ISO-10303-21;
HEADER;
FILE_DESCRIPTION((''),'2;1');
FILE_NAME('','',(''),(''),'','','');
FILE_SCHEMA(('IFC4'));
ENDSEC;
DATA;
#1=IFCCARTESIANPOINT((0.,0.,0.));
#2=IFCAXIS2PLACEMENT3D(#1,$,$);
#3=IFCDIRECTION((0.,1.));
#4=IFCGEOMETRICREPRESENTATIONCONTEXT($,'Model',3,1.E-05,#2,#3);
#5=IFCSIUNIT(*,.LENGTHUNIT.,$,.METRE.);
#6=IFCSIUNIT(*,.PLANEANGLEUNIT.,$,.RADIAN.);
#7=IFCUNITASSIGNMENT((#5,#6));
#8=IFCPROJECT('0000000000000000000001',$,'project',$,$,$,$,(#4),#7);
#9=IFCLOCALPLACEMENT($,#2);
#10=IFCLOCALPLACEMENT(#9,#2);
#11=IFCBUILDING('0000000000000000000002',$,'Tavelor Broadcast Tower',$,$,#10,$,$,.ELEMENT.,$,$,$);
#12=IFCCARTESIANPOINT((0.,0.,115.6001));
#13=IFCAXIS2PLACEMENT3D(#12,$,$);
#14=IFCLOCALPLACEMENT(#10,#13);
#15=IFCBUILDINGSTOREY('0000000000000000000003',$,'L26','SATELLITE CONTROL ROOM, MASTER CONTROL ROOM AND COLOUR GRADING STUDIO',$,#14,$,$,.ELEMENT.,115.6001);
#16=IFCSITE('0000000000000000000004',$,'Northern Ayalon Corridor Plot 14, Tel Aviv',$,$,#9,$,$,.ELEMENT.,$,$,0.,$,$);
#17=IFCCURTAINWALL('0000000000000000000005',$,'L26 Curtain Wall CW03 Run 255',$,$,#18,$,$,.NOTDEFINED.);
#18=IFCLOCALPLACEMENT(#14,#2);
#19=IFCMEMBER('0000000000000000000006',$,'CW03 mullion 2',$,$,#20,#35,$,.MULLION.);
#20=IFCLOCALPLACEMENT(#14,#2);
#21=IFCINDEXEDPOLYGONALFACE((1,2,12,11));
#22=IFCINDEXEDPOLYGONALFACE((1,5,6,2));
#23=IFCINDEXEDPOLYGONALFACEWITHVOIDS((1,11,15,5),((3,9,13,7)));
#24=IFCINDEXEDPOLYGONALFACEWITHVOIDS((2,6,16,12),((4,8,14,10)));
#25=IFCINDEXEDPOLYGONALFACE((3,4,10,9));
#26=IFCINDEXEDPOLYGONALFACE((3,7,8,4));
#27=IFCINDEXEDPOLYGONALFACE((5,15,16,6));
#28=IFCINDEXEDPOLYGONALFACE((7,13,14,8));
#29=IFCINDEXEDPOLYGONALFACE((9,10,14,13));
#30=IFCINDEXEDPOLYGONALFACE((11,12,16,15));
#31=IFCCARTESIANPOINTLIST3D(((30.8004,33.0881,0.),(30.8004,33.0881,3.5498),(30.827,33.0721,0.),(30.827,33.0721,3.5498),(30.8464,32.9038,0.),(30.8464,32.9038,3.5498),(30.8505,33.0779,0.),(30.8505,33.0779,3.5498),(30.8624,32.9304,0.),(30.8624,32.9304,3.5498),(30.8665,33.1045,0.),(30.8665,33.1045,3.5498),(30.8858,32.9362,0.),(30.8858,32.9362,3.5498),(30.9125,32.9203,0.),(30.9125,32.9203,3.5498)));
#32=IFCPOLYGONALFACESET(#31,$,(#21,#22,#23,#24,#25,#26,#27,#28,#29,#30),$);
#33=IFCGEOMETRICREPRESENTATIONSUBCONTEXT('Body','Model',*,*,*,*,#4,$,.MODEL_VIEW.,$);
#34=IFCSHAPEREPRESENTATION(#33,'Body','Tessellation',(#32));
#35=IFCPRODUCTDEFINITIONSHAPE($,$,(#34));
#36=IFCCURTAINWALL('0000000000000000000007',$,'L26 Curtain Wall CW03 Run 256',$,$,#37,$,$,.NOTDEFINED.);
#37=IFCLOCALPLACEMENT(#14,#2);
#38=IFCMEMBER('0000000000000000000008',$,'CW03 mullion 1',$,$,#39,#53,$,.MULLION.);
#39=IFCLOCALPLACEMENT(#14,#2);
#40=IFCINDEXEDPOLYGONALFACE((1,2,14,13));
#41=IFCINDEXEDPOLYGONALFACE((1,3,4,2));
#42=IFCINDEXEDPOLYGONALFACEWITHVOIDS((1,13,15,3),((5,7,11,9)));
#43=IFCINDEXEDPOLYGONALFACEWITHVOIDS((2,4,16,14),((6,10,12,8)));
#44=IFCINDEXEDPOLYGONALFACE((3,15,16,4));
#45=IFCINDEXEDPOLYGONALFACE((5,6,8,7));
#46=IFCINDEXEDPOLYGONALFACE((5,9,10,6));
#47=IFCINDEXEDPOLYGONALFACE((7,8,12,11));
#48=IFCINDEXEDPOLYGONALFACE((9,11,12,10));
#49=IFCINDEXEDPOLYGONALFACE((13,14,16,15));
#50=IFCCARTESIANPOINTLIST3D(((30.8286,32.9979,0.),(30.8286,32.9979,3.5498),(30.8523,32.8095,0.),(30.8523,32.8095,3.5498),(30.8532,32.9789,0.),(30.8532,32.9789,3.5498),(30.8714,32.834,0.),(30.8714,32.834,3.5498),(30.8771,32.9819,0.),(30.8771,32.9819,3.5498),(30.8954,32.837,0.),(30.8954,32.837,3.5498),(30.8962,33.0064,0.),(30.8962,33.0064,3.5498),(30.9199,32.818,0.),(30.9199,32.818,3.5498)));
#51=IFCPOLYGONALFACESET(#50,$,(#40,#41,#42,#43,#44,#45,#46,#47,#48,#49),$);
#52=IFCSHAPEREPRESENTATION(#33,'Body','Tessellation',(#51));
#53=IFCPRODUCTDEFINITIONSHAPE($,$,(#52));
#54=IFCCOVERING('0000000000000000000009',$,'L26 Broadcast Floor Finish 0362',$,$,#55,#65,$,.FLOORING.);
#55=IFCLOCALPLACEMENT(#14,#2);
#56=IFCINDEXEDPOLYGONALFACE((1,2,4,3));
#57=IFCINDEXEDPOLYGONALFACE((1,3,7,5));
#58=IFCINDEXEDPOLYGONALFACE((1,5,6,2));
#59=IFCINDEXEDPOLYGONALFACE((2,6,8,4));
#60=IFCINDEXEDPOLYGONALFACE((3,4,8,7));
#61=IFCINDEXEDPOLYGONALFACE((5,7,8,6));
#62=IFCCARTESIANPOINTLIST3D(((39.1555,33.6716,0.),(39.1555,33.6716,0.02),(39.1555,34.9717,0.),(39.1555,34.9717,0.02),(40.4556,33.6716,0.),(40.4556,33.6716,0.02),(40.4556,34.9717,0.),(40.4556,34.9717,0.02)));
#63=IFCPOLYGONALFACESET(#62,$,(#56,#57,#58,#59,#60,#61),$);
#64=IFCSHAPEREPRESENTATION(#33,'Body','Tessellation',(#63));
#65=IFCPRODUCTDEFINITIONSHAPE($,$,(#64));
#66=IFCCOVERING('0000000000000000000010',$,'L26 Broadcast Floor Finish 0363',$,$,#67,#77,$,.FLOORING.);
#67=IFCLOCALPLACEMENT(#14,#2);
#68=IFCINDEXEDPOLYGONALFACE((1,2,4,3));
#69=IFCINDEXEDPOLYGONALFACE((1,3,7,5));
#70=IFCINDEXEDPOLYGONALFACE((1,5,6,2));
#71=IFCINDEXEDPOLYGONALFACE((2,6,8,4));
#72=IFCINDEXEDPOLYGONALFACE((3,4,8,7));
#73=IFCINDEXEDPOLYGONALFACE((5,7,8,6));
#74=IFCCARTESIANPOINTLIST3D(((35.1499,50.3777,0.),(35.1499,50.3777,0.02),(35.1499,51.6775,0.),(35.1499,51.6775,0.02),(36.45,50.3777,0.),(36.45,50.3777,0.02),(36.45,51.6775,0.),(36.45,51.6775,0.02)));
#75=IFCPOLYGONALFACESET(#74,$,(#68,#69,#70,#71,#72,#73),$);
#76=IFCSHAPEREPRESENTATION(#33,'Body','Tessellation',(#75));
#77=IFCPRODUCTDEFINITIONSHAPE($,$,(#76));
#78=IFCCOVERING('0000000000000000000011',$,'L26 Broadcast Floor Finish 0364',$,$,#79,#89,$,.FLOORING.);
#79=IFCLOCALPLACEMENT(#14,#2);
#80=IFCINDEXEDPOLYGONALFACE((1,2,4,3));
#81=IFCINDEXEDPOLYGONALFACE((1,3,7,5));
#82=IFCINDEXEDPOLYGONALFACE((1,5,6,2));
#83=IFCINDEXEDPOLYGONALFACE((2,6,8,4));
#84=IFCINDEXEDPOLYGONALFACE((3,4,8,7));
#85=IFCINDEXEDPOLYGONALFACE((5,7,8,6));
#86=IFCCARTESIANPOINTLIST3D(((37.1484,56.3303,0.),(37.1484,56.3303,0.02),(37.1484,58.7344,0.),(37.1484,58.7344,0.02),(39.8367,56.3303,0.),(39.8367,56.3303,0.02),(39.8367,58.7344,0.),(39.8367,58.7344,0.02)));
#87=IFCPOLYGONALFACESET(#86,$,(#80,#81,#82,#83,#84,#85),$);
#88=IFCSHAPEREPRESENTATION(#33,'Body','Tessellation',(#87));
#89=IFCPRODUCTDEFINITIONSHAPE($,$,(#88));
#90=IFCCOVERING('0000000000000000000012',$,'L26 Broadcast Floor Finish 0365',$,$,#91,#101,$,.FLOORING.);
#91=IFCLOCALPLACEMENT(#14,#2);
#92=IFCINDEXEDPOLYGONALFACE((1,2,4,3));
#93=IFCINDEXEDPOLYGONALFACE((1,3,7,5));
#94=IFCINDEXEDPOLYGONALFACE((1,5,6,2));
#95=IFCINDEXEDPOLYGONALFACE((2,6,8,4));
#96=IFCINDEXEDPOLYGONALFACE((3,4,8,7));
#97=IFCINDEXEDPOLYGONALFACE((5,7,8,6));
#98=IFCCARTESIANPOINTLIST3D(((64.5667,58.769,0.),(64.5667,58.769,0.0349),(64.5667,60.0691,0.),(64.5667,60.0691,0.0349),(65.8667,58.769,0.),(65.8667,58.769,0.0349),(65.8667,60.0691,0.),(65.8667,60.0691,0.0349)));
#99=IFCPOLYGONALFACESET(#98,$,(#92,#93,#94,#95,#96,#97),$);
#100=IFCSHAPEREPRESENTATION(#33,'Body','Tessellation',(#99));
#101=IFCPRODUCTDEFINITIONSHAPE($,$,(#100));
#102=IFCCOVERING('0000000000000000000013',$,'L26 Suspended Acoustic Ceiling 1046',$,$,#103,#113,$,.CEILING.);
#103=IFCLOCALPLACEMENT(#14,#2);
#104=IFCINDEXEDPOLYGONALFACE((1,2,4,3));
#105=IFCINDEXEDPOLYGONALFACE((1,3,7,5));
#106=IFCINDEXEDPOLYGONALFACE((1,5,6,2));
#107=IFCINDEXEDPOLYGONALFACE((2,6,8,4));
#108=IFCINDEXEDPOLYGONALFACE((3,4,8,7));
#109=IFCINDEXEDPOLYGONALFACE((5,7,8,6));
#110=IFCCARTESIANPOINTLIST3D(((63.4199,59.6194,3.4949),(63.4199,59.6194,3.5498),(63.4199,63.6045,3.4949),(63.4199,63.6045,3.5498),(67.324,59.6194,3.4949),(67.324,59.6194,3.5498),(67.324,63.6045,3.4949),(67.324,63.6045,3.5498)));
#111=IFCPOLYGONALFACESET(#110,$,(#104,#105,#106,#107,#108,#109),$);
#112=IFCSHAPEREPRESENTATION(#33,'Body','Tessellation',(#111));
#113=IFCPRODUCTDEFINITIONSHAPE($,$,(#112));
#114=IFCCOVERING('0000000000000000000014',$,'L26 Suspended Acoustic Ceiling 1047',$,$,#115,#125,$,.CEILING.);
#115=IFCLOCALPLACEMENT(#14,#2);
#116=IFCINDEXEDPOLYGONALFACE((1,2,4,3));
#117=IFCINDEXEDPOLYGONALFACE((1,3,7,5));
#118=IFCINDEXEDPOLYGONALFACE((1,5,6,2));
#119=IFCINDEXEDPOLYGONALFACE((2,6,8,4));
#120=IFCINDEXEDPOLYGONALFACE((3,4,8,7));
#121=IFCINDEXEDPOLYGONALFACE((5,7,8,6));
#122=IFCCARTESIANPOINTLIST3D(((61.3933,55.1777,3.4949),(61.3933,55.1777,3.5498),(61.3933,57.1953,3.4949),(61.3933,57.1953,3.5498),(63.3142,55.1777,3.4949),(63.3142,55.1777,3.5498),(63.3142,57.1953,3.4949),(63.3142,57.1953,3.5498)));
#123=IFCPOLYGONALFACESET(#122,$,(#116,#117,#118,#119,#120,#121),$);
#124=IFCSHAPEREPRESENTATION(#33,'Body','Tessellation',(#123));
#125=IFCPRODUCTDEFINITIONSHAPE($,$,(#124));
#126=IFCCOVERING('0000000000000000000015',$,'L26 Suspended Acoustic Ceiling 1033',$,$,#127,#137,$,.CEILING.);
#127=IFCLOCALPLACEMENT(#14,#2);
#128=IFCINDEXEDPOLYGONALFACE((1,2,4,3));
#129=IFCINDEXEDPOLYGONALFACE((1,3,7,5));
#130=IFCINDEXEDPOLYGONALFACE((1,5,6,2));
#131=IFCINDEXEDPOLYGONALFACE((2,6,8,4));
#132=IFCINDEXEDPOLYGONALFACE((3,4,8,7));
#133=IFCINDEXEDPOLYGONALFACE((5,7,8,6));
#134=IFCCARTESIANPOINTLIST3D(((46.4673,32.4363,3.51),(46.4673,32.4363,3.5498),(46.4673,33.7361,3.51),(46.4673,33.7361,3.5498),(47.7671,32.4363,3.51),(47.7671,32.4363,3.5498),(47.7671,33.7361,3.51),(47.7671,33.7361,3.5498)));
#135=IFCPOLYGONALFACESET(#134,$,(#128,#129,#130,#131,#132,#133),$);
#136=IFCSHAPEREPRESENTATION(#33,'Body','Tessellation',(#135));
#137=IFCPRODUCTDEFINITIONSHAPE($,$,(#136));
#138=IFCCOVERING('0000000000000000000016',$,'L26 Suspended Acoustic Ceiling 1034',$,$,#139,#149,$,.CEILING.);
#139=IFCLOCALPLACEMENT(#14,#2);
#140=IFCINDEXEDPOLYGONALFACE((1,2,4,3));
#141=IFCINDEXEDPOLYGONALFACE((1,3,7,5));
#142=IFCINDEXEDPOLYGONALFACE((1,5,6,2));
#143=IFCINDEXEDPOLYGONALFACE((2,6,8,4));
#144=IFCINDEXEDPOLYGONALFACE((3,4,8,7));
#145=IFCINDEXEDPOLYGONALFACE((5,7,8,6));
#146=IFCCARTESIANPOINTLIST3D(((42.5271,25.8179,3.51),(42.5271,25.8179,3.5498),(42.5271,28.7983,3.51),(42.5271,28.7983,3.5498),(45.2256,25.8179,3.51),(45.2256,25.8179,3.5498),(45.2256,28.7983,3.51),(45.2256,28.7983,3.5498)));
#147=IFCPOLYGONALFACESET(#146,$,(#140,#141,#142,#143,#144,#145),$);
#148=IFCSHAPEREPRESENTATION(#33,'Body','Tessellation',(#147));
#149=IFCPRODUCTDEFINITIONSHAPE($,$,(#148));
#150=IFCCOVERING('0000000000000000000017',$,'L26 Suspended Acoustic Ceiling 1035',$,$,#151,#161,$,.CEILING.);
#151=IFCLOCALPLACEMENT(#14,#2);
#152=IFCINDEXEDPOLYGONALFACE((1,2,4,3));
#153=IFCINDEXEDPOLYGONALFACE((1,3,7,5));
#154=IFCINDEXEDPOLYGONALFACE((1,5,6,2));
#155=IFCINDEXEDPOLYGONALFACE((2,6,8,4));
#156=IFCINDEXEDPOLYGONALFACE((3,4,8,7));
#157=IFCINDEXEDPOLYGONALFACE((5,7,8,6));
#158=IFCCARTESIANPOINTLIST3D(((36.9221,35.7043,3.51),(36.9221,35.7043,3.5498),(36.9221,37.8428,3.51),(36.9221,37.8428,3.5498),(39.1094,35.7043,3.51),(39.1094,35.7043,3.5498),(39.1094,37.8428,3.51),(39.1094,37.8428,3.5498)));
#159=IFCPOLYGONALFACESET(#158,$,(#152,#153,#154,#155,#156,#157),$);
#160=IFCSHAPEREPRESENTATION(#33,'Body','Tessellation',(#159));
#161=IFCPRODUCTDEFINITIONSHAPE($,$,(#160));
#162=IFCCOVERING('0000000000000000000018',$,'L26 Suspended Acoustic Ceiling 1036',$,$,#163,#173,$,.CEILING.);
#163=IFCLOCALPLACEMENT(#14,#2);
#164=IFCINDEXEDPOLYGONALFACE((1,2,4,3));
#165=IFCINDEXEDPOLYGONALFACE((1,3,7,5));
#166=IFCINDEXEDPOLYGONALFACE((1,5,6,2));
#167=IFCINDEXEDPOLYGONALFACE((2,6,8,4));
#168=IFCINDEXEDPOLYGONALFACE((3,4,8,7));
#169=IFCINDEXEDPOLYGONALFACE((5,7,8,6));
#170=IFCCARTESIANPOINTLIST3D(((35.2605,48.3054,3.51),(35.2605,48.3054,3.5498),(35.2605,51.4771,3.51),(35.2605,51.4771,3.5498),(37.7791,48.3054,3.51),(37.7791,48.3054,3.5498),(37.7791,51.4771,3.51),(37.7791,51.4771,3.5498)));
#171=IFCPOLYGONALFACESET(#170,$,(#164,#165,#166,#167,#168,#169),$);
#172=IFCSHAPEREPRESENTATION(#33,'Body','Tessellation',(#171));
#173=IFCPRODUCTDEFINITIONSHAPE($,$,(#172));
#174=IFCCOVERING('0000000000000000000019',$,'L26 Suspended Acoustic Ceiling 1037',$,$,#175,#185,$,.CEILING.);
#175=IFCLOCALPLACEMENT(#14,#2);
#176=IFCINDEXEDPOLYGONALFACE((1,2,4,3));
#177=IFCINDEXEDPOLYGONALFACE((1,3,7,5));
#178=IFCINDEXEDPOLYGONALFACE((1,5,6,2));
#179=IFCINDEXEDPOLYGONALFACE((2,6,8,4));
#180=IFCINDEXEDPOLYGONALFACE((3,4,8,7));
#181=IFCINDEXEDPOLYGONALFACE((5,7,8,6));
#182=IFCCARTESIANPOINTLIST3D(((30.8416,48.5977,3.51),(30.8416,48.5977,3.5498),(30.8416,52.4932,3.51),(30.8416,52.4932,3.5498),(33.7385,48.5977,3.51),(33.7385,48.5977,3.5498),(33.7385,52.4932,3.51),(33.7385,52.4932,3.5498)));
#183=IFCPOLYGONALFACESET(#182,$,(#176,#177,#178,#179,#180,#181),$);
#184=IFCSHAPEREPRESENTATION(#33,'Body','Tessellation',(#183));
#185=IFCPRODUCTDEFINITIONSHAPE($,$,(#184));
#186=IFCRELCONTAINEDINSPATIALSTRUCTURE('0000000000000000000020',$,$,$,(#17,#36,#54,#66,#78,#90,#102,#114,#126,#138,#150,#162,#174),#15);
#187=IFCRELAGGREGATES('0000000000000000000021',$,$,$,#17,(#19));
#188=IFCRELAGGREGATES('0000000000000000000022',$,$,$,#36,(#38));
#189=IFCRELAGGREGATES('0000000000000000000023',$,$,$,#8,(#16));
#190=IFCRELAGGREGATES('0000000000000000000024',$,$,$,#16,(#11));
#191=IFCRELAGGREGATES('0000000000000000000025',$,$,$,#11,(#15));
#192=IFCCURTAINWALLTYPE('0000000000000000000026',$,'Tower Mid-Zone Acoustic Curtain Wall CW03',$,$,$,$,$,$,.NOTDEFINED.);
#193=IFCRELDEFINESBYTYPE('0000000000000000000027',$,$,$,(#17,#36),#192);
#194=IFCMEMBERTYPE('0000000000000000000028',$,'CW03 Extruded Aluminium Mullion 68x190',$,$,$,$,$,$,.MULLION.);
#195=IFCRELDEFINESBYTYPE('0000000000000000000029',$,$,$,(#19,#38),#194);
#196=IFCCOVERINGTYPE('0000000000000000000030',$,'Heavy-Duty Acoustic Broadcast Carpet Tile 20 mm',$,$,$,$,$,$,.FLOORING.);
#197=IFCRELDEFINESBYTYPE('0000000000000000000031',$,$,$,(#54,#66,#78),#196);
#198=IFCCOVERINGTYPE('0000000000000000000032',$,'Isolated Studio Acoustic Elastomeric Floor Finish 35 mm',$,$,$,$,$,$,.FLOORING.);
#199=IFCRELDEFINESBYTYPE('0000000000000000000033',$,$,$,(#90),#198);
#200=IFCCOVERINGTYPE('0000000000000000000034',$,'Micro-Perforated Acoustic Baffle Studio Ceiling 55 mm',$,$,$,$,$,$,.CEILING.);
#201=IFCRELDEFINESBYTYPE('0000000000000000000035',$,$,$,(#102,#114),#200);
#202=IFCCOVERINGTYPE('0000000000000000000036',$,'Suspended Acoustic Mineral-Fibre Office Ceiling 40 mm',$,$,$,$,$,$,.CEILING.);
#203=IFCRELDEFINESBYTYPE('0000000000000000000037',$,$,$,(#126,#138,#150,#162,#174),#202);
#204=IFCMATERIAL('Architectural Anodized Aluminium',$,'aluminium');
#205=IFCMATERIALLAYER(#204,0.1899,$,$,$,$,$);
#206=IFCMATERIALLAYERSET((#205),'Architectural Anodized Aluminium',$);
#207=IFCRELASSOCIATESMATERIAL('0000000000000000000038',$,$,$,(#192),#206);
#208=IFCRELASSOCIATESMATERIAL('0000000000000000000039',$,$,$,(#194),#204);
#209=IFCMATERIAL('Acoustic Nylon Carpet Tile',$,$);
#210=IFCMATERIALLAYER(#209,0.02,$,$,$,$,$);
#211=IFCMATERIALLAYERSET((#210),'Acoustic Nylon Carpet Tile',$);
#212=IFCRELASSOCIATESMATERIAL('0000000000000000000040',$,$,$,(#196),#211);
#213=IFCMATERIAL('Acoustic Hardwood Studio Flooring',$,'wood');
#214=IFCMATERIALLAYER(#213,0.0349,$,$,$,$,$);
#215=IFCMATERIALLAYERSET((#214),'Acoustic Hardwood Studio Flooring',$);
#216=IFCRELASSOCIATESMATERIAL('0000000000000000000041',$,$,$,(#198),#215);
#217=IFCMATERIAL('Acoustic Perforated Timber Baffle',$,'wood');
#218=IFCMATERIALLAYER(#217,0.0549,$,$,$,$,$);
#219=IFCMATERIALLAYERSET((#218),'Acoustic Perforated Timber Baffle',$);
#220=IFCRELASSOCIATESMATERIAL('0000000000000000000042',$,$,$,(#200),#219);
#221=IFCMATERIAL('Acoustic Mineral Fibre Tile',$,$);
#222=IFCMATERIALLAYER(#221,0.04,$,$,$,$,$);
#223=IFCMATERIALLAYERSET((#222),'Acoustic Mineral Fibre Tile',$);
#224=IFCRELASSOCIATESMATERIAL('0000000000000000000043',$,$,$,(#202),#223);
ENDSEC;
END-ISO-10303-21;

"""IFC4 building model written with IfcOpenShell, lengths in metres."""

from ifc_helpers import new_model, si_unit, direction, frame, origin, origin_2d, place, context, subcontext, project, spatial, polyline, hollow_rectangle, outline, extrude, source, transform, mapped, material, layer, layer_set, material_profile, profile_set, type_object, type_shapes, element, aggregate, save


model = new_model("IFC4")

# Units and contexts
model_context = context("Model", 3, precision=1e-05, world=origin(), true_north=direction((0.0, 1.0)))
body_context = subcontext(model_context, "Body", "Model", "MODEL_VIEW")
ifc_project = project(units=[si_unit("LENGTHUNIT", "METRE"), si_unit("PLANEANGLEUNIT", "RADIAN")], contexts=[model_context])

# Site, building, storey
site_placement = place(None, origin())
site = spatial("IfcSite", under=ifc_project, at=site_placement, Name="Northern Ayalon Corridor Plot 14, Tel Aviv", CompositionType="ELEMENT", RefElevation=0.0)
building_placement = place(site_placement, origin())
building = spatial("IfcBuilding", under=site, at=building_placement, Name="Tavelor Broadcast Tower", CompositionType="ELEMENT")
storey_placement = place(building_placement, frame((0.0, 0.0, 115.6001)))
storey = spatial("IfcBuildingStorey", under=building, at=storey_placement, Name="L26", Description="SATELLITE CONTROL ROOM, MASTER CONTROL ROOM AND COLOUR GRADING STUDIO", CompositionType="ELEMENT", Elevation=115.6001)

# Curtain walls, members
ifc_material_1 = material(Name="Architectural Anodized Aluminium", Category="aluminium")
ifc_layer_1 = layer(ifc_material_1, 0.1899)
ifc_layer_set_1 = layer_set([ifc_layer_1], Name="Architectural Anodized Aluminium")
curtain_wall_type = type_object("IfcCurtainWallType", Name="Tower Mid-Zone Acoustic Curtain Wall CW03", PredefinedType="NOTDEFINED", material=ifc_layer_set_1)
curtain_wall_1_placement = place(storey_placement, origin())
curtain_wall_1 = element("IfcCurtainWall", 1, at=curtain_wall_1_placement, inside=storey, type_object=curtain_wall_type, Name="L26 Curtain Wall CW03 Run 255", PredefinedType="NOTDEFINED")
ifc_material_profile = material_profile(ifc_material_1, hollow_rectangle(XDim=0.0681, YDim=0.1899, WallThickness=0.022, at=origin_2d()), Name="RHS 68x190x22")
ifc_profile_set = profile_set([ifc_material_profile], Name="Architectural Anodized Aluminium")
member_type = type_object("IfcMemberType", Name="CW03 Extruded Aluminium Mullion 68x190", PredefinedType="MULLION", material=ifc_profile_set)
shared_shape = source(origin(), body_context, "Body", "SweptSolid", [
    extrude(hollow_rectangle(XDim=0.0681, YDim=0.1899, WallThickness=0.022, at=origin_2d()), origin(), (0.0, 0.0, 1.0), 3.5498),
])
type_shapes(member_type, [shared_shape])
member_1_placement = place(storey_placement, frame((30.8564, 33.0042, 0.0), z_axis=(0.0, 0.0, 1.0), x_axis=(0.970251, 0.242102, 0.0)))
member_1 = element("IfcMember", 2, at=member_1_placement, type_object=member_type, Name="CW03 mullion 2", PredefinedType="MULLION", context=body_context, shape_type="MappedRepresentation", body=[
    mapped(shared_shape, transform((0.0, 0.0, 0.0), scale=1.0)),
])
aggregate(curtain_wall_1, [member_1])
curtain_wall_2_placement = place(storey_placement, origin())
curtain_wall_2 = element("IfcCurtainWall", 3, at=curtain_wall_2_placement, inside=storey, type_object=curtain_wall_type, Name="L26 Curtain Wall CW03 Run 256", PredefinedType="NOTDEFINED")
member_2_placement = place(storey_placement, frame((30.8743, 32.908, 0.0), z_axis=(0.0, 0.0, 1.0), x_axis=(0.992166, 0.124929, 0.0)))
member_2 = element("IfcMember", 4, at=member_2_placement, type_object=member_type, Name="CW03 mullion 1", PredefinedType="MULLION", context=body_context, shape_type="MappedRepresentation", body=[
    mapped(shared_shape, transform((0.0, 0.0, 0.0), scale=1.0)),
])
aggregate(curtain_wall_2, [member_2])

# Coverings
ifc_material_2 = material(Name="Acoustic Nylon Carpet Tile")
ifc_layer_2 = layer(ifc_material_2, 0.02)
ifc_layer_set_2 = layer_set([ifc_layer_2], Name="Acoustic Nylon Carpet Tile")
covering_type_1 = type_object("IfcCoveringType", Name="Heavy-Duty Acoustic Broadcast Carpet Tile 20 mm", PredefinedType="FLOORING", material=ifc_layer_set_2)
covering_1_placement = place(storey_placement, origin())
element("IfcCovering", 5, at=covering_1_placement, inside=storey, type_object=covering_type_1, Name="L26 Broadcast Floor Finish 0362", PredefinedType="FLOORING", context=body_context, shape_type="SweptSolid", body=[
    extrude(outline(polyline([(39.1555, 33.6716), (40.4556, 33.6716), (40.4556, 34.9717), (39.1555, 34.9717), (39.1555, 33.6716)])), origin(), (0.0, 0.0, 1.0), 0.02),
])
covering_2_placement = place(storey_placement, origin())
element("IfcCovering", 6, at=covering_2_placement, inside=storey, type_object=covering_type_1, Name="L26 Broadcast Floor Finish 0363", PredefinedType="FLOORING", context=body_context, shape_type="SweptSolid", body=[
    extrude(outline(polyline([(35.1499, 50.3777), (36.45, 50.3777), (36.45, 51.6775), (35.1499, 51.6775), (35.1499, 50.3777)])), origin(), (0.0, 0.0, 1.0), 0.02),
])
covering_3_placement = place(storey_placement, origin())
element("IfcCovering", 7, at=covering_3_placement, inside=storey, type_object=covering_type_1, Name="L26 Broadcast Floor Finish 0364", PredefinedType="FLOORING", context=body_context, shape_type="SweptSolid", body=[
    extrude(outline(polyline([(37.1484, 56.3303), (39.8367, 56.3303), (39.8367, 58.7344), (37.1484, 58.7344), (37.1484, 56.3303)])), origin(), (0.0, 0.0, 1.0), 0.02),
])
ifc_material_3 = material(Name="Acoustic Hardwood Studio Flooring", Category="wood")
ifc_layer_3 = layer(ifc_material_3, 0.0349)
ifc_layer_set_3 = layer_set([ifc_layer_3], Name="Acoustic Hardwood Studio Flooring")
covering_type_2 = type_object("IfcCoveringType", Name="Isolated Studio Acoustic Elastomeric Floor Finish 35 mm", PredefinedType="FLOORING", material=ifc_layer_set_3)
covering_4_placement = place(storey_placement, origin())
element("IfcCovering", 8, at=covering_4_placement, inside=storey, type_object=covering_type_2, Name="L26 Broadcast Floor Finish 0365", PredefinedType="FLOORING", context=body_context, shape_type="SweptSolid", body=[
    extrude(outline(polyline([(64.5667, 58.769), (65.8667, 58.769), (65.8667, 60.0691), (64.5667, 60.0691), (64.5667, 58.769)])), origin(), (0.0, 0.0, 1.0), 0.0349),
])
ifc_material_4 = material(Name="Acoustic Perforated Timber Baffle", Category="wood")
ifc_layer_4 = layer(ifc_material_4, 0.0549)
ifc_layer_set_4 = layer_set([ifc_layer_4], Name="Acoustic Perforated Timber Baffle")
covering_type_3 = type_object("IfcCoveringType", Name="Micro-Perforated Acoustic Baffle Studio Ceiling 55 mm", PredefinedType="CEILING", material=ifc_layer_set_4)
covering_5_placement = place(storey_placement, frame((0.0, 0.0, 3.4949)))
element("IfcCovering", 9, at=covering_5_placement, inside=storey, type_object=covering_type_3, Name="L26 Suspended Acoustic Ceiling 1046", PredefinedType="CEILING", context=body_context, shape_type="SweptSolid", body=[
    extrude(outline(polyline([(63.4199, 59.6194), (67.324, 59.6194), (67.324, 63.6045), (63.4199, 63.6045), (63.4199, 59.6194)])), origin(), (0.0, 0.0, 1.0), 0.0549),
])
covering_6_placement = place(storey_placement, frame((0.0, 0.0, 3.4949)))
element("IfcCovering", 10, at=covering_6_placement, inside=storey, type_object=covering_type_3, Name="L26 Suspended Acoustic Ceiling 1047", PredefinedType="CEILING", context=body_context, shape_type="SweptSolid", body=[
    extrude(outline(polyline([(61.3933, 55.1777), (63.3142, 55.1777), (63.3142, 57.1953), (61.3933, 57.1953), (61.3933, 55.1777)])), origin(), (0.0, 0.0, 1.0), 0.0549),
])
ifc_material_5 = material(Name="Acoustic Mineral Fibre Tile")
ifc_layer_5 = layer(ifc_material_5, 0.04)
ifc_layer_set_5 = layer_set([ifc_layer_5], Name="Acoustic Mineral Fibre Tile")
covering_type_4 = type_object("IfcCoveringType", Name="Suspended Acoustic Mineral-Fibre Office Ceiling 40 mm", PredefinedType="CEILING", material=ifc_layer_set_5)
covering_7_placement = place(storey_placement, frame((0.0, 0.0, 3.51)))
element("IfcCovering", 11, at=covering_7_placement, inside=storey, type_object=covering_type_4, Name="L26 Suspended Acoustic Ceiling 1033", PredefinedType="CEILING", context=body_context, shape_type="SweptSolid", body=[
    extrude(outline(polyline([(46.4673, 32.4363), (47.7671, 32.4363), (47.7671, 33.7361), (46.4673, 33.7361), (46.4673, 32.4363)])), origin(), (0.0, 0.0, 1.0), 0.0398),
])
covering_8_placement = place(storey_placement, frame((0.0, 0.0, 3.51)))
element("IfcCovering", 12, at=covering_8_placement, inside=storey, type_object=covering_type_4, Name="L26 Suspended Acoustic Ceiling 1034", PredefinedType="CEILING", context=body_context, shape_type="SweptSolid", body=[
    extrude(outline(polyline([(42.5271, 25.8179), (45.2256, 25.8179), (45.2256, 28.7983), (42.5271, 28.7983), (42.5271, 25.8179)])), origin(), (0.0, 0.0, 1.0), 0.0398),
])
covering_9_placement = place(storey_placement, frame((0.0, 0.0, 3.51)))
element("IfcCovering", 13, at=covering_9_placement, inside=storey, type_object=covering_type_4, Name="L26 Suspended Acoustic Ceiling 1035", PredefinedType="CEILING", context=body_context, shape_type="SweptSolid", body=[
    extrude(outline(polyline([(36.9221, 35.7043), (39.1094, 35.7043), (39.1094, 37.8428), (36.9221, 37.8428), (36.9221, 35.7043)])), origin(), (0.0, 0.0, 1.0), 0.0398),
])
covering_10_placement = place(storey_placement, frame((0.0, 0.0, 3.51)))
element("IfcCovering", 14, at=covering_10_placement, inside=storey, type_object=covering_type_4, Name="L26 Suspended Acoustic Ceiling 1036", PredefinedType="CEILING", context=body_context, shape_type="SweptSolid", body=[
    extrude(outline(polyline([(35.2605, 48.3054), (37.7791, 48.3054), (37.7791, 51.4771), (35.2605, 51.4771), (35.2605, 48.3054)])), origin(), (0.0, 0.0, 1.0), 0.0398),
])
covering_11_placement = place(storey_placement, frame((0.0, 0.0, 3.51)))
element("IfcCovering", 15, at=covering_11_placement, inside=storey, type_object=covering_type_4, Name="L26 Suspended Acoustic Ceiling 1037", PredefinedType="CEILING", context=body_context, shape_type="SweptSolid", body=[
    extrude(outline(polyline([(30.8416, 48.5977), (33.7385, 48.5977), (33.7385, 52.4932), (30.8416, 52.4932), (30.8416, 48.5977)])), origin(), (0.0, 0.0, 1.0), 0.0398),
])

save(model, "model.ifc")
